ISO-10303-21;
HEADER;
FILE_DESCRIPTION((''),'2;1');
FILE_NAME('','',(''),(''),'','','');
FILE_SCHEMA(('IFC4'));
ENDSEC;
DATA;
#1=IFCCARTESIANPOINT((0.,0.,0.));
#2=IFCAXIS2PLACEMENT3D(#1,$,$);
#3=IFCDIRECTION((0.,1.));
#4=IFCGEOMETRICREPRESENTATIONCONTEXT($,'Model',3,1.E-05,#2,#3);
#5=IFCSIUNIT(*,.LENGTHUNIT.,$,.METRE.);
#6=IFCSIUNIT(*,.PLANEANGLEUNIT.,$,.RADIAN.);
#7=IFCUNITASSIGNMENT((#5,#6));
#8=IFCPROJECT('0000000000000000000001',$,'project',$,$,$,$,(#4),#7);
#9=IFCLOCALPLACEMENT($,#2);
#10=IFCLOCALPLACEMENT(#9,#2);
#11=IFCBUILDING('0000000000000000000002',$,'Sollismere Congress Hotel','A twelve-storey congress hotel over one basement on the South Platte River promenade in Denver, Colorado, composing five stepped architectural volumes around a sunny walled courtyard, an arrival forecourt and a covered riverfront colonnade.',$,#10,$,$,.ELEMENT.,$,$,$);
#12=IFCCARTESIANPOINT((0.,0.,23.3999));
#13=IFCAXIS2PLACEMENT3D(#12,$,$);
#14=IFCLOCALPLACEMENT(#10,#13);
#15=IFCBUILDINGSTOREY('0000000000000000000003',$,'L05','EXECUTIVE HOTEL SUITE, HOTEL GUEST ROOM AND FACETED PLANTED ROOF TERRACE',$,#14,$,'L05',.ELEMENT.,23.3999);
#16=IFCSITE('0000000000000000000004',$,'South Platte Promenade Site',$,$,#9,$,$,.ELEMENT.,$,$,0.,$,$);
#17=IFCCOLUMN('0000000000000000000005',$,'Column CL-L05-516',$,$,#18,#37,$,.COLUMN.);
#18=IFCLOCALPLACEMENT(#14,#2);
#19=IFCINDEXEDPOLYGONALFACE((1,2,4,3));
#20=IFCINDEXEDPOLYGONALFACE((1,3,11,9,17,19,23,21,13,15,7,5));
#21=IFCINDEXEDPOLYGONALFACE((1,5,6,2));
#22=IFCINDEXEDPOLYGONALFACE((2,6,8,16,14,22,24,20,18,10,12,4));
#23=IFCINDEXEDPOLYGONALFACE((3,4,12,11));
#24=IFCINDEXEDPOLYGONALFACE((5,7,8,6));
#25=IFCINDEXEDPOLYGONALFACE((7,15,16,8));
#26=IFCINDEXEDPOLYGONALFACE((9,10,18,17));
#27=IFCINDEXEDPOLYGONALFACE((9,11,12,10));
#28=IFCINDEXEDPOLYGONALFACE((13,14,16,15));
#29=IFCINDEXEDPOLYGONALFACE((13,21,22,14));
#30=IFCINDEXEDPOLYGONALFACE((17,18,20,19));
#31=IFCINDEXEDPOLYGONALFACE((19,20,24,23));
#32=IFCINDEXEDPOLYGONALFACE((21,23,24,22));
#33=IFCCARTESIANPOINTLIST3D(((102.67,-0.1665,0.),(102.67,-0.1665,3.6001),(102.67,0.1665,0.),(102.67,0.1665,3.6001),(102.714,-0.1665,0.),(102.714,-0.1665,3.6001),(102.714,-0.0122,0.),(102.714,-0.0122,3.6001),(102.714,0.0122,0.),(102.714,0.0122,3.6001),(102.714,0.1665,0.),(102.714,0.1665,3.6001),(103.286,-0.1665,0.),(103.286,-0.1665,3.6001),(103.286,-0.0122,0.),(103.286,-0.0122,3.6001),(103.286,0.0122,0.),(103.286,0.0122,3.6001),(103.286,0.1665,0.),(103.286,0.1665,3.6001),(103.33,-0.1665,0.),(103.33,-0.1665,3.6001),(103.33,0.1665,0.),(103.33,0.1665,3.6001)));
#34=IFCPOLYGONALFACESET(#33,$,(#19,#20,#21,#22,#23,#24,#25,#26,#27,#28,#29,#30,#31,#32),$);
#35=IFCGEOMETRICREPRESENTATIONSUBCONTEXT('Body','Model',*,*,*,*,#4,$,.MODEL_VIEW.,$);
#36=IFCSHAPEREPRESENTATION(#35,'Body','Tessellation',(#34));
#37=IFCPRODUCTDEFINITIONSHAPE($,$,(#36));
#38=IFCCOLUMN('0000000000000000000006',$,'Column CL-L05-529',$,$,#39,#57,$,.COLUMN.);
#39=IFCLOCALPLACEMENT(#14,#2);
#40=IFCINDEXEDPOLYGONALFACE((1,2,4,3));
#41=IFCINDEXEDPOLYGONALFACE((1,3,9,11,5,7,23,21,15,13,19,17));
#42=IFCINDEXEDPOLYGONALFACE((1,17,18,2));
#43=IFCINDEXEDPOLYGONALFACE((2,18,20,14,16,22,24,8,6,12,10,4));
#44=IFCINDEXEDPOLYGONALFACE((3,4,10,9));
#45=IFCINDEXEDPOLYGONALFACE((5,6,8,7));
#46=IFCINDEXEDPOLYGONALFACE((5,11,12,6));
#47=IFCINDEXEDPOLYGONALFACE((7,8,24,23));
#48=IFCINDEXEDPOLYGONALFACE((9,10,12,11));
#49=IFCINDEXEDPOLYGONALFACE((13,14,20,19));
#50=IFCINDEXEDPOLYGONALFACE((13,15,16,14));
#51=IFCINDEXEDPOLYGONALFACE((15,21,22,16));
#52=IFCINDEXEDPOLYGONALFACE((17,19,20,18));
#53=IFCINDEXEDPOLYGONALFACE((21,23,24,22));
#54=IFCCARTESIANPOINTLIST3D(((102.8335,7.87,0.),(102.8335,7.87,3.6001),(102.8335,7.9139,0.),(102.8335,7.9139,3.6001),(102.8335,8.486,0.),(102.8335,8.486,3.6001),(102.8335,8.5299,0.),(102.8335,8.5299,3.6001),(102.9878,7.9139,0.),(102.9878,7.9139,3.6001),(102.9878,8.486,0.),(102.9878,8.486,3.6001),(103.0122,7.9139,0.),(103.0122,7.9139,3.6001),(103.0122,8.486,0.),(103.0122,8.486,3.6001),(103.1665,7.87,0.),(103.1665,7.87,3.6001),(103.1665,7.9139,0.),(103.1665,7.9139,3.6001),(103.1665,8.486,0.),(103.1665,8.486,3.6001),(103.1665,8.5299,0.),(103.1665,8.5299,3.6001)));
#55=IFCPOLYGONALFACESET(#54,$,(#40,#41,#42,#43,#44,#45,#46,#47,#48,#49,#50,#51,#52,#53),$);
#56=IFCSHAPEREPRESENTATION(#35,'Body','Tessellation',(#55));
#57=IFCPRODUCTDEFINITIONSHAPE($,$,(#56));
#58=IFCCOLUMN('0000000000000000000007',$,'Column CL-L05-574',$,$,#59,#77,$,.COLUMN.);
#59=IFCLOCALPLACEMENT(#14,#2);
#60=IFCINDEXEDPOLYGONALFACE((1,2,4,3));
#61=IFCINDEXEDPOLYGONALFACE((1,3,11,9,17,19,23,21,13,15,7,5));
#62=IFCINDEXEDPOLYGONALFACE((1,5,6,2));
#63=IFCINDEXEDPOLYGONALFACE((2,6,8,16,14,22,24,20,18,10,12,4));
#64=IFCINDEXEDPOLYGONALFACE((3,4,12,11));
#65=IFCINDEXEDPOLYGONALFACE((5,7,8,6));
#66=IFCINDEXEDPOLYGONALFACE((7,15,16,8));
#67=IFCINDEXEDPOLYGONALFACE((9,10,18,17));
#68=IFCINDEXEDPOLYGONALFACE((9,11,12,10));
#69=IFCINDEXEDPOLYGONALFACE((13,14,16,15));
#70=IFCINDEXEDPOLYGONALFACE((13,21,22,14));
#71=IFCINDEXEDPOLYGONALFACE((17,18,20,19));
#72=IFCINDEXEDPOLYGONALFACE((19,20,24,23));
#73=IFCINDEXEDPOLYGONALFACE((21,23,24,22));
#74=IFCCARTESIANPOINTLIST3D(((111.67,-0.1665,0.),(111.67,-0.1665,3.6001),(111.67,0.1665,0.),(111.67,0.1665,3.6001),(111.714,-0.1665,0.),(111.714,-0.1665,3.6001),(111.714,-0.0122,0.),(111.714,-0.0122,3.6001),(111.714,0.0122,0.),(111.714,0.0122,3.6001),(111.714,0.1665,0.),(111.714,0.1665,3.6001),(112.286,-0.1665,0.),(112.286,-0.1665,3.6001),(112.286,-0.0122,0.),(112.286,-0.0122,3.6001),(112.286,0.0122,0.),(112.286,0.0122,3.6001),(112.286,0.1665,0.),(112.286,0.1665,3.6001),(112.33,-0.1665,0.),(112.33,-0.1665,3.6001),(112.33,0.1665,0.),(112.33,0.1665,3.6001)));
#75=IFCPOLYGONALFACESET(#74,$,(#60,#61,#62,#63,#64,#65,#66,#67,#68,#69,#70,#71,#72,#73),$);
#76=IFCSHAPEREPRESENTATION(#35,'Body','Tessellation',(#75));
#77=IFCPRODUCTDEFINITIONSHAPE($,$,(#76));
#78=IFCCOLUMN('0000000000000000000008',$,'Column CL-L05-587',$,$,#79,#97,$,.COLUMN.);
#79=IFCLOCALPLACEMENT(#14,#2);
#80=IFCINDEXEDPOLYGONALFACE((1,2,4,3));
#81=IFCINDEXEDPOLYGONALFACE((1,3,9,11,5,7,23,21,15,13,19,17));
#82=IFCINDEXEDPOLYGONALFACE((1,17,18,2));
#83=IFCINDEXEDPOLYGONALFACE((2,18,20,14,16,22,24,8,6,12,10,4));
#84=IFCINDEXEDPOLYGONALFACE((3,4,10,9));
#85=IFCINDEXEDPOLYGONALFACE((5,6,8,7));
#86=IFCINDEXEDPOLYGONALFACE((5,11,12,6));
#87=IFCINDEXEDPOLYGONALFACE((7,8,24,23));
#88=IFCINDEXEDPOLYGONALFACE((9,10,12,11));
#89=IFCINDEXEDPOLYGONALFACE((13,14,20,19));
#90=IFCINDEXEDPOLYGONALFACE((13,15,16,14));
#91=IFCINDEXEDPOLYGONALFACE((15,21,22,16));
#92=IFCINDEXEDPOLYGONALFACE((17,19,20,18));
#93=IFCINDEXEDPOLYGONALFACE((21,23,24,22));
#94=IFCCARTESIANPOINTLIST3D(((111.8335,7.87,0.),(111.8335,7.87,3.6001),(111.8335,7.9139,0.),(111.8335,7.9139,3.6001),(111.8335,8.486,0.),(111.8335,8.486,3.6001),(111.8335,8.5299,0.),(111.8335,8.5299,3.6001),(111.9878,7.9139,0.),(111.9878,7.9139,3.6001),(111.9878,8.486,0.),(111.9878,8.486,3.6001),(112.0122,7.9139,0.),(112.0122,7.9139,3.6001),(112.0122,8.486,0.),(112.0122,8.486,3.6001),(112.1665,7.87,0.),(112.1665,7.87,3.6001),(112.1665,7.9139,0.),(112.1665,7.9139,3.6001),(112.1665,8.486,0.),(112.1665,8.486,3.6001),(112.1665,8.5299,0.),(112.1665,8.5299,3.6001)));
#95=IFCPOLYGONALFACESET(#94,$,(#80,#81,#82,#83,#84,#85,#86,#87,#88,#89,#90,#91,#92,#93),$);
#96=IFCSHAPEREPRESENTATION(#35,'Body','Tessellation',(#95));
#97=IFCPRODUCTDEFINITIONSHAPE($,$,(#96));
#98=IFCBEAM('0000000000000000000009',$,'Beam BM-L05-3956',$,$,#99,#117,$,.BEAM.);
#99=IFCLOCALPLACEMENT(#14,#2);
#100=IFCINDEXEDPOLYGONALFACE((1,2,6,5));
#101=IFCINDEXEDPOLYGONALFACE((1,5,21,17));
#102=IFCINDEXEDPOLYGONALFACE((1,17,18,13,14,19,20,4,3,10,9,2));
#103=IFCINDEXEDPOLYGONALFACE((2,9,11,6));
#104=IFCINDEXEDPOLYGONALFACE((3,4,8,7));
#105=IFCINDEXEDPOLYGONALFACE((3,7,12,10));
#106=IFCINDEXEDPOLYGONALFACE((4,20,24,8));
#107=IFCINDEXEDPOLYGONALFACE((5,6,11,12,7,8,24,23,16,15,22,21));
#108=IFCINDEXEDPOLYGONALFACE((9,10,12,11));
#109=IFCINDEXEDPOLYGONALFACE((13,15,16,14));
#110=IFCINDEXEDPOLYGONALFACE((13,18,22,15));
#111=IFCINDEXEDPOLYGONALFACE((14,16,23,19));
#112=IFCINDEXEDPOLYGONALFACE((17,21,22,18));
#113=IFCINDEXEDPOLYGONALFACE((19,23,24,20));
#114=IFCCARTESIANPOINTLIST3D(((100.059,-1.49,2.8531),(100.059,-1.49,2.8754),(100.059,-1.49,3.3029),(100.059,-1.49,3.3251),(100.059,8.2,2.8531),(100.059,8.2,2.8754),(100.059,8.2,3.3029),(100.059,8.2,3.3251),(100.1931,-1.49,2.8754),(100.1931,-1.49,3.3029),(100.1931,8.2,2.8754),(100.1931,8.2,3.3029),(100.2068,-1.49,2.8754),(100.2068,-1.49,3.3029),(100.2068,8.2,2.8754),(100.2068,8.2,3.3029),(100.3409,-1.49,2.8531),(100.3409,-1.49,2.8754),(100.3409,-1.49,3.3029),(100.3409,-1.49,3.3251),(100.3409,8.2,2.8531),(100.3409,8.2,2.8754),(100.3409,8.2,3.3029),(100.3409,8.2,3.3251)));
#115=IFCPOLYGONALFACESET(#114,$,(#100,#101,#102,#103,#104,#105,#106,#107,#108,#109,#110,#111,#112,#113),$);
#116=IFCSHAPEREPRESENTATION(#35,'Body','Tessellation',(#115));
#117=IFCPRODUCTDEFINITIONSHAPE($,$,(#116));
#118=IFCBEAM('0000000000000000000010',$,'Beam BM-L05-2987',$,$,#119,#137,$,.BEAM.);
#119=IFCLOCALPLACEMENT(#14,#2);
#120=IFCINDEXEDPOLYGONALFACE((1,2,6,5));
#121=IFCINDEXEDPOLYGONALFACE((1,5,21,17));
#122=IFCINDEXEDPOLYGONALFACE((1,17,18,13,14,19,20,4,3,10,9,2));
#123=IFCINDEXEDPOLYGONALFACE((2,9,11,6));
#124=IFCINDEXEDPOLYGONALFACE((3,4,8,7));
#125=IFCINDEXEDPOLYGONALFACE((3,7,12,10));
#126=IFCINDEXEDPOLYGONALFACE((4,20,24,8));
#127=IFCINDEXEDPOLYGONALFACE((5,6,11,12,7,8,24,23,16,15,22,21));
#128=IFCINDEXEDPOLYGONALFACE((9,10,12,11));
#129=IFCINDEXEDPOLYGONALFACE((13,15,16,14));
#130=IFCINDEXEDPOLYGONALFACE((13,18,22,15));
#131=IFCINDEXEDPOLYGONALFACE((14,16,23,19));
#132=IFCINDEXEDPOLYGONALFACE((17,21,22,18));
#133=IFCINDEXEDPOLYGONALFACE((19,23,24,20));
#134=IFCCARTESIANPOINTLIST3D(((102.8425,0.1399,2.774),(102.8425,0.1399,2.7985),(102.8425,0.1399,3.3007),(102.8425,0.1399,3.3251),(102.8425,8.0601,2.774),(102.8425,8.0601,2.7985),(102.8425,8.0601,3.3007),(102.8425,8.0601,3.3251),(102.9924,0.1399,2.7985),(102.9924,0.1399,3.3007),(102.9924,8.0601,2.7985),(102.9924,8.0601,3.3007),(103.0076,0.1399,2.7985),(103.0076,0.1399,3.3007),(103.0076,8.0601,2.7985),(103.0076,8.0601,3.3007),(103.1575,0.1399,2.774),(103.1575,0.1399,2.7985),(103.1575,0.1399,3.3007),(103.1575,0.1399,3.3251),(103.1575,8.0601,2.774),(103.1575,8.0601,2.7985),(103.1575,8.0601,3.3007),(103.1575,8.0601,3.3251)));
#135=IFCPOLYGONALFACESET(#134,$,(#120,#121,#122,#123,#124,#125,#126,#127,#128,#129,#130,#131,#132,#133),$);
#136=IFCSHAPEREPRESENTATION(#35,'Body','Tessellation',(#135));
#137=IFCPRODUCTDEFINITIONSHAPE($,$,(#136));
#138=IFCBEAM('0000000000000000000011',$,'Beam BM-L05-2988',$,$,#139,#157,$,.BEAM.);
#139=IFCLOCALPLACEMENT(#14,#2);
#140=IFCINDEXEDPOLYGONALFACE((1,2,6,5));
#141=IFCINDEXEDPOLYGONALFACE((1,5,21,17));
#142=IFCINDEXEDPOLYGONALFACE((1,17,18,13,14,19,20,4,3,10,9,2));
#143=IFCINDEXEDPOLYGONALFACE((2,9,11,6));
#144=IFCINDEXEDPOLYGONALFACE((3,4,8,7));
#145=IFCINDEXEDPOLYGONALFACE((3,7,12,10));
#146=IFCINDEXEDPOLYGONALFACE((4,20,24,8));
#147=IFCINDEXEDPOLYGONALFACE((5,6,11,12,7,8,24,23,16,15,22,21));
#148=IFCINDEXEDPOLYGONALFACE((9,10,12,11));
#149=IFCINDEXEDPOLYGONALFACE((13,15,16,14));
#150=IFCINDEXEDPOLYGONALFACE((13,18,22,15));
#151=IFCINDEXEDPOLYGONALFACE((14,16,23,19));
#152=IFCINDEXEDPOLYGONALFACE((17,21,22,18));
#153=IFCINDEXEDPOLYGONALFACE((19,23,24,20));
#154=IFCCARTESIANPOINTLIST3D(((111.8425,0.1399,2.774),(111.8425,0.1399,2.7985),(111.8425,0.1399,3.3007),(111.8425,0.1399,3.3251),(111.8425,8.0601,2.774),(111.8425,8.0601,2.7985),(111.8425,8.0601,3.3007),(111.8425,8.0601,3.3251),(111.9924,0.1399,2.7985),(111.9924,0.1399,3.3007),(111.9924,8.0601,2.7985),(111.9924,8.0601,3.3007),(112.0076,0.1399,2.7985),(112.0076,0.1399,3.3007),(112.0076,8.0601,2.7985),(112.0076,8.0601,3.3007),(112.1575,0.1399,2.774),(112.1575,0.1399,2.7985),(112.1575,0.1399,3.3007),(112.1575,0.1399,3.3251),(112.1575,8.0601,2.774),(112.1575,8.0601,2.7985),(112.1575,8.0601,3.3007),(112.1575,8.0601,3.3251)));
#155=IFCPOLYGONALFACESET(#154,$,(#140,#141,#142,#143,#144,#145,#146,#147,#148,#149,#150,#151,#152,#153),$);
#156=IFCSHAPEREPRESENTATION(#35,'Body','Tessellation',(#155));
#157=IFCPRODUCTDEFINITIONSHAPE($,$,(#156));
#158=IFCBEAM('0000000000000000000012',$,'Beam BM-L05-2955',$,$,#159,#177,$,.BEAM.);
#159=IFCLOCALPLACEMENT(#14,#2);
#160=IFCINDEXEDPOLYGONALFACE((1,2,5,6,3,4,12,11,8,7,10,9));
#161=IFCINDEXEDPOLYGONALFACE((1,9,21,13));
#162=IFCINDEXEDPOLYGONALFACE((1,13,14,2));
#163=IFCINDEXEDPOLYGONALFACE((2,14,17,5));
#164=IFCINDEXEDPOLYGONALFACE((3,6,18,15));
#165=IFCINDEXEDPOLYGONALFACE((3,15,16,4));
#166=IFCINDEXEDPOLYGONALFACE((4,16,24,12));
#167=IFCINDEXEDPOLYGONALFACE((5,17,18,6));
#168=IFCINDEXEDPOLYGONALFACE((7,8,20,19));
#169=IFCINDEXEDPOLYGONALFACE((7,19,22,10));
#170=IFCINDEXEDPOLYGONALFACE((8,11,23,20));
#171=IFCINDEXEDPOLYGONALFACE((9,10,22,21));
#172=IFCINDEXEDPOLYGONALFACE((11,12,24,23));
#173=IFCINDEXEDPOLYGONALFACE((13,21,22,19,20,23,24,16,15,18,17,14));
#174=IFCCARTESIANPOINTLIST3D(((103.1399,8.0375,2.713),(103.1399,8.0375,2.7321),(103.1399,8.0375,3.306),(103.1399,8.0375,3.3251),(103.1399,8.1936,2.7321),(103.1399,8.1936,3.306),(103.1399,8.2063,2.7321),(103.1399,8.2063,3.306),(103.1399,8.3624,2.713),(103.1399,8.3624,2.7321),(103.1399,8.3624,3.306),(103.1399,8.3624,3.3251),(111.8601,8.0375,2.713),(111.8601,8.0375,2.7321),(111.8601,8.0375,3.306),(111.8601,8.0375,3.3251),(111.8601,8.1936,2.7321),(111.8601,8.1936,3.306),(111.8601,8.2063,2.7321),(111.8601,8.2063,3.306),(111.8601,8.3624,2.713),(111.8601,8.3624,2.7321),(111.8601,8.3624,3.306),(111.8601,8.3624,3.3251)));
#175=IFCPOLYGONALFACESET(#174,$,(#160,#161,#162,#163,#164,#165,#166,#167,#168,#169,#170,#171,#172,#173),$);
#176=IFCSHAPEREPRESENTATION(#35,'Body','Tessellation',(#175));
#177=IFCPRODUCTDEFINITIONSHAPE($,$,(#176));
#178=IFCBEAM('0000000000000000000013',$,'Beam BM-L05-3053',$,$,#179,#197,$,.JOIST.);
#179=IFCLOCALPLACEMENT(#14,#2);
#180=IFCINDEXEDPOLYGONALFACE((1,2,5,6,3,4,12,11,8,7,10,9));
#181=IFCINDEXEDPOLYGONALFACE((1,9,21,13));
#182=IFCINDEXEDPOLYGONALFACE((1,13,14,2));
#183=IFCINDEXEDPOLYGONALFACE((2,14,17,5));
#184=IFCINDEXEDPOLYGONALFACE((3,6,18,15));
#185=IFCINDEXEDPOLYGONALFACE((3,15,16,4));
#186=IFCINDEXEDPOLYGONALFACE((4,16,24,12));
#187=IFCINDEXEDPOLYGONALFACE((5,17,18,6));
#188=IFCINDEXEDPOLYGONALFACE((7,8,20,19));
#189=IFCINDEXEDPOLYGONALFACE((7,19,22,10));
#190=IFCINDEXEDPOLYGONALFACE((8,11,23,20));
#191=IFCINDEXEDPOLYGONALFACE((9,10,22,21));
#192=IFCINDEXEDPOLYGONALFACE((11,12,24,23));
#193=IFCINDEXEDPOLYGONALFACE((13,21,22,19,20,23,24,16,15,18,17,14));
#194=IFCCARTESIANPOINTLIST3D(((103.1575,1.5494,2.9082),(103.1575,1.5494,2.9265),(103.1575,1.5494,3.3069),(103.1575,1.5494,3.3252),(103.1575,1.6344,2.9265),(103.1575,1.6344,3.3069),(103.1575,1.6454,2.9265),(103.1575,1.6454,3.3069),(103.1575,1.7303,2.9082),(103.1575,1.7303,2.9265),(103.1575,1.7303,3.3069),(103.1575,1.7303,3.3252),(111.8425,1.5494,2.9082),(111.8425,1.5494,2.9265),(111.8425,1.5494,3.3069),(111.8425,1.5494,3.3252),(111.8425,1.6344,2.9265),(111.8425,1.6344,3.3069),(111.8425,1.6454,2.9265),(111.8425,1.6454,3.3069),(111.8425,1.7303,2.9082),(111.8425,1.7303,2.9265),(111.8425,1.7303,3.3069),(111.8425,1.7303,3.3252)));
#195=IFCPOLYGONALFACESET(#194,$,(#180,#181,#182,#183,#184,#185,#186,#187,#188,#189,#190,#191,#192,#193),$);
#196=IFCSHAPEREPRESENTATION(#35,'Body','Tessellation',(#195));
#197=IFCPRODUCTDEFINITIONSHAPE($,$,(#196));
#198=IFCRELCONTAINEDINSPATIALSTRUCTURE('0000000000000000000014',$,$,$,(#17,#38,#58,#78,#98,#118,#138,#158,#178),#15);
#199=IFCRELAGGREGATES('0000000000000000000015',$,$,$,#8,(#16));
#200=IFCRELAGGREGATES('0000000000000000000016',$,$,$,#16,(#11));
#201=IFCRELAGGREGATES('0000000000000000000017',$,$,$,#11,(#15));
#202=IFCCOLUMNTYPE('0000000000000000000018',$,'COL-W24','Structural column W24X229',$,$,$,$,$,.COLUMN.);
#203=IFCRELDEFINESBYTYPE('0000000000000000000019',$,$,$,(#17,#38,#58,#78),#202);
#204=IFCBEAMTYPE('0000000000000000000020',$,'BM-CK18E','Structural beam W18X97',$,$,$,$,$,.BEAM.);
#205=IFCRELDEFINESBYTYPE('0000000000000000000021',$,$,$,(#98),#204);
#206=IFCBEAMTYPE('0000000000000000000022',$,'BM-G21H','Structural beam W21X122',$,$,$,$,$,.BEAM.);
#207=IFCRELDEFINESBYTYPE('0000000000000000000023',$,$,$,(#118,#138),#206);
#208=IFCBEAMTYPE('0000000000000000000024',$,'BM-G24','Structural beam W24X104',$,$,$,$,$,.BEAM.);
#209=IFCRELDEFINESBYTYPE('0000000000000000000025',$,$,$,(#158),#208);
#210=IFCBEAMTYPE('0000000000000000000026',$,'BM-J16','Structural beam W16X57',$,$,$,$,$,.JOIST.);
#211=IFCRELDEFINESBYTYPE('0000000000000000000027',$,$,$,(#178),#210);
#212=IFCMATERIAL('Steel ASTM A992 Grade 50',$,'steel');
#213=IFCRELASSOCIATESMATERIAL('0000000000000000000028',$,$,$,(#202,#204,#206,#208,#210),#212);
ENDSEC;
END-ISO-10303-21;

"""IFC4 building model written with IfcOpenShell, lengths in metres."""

from ifc_helpers import new_model, si_unit, direction, frame, origin, origin_2d, place, context, subcontext, project, spatial, i_section, extrude, material, material_profile, profile_set, type_object, element, save


model = new_model("IFC4")

# Units and contexts
model_context = context("Model", 3, precision=1e-05, world=origin(), true_north=direction((0.0, 1.0)))
body_context = subcontext(model_context, "Body", "Model", "MODEL_VIEW")
ifc_project = project(units=[si_unit("LENGTHUNIT", "METRE"), si_unit("PLANEANGLEUNIT", "RADIAN")], contexts=[model_context])

# Site, building, storey
site_placement = place(None, origin())
site = spatial("IfcSite", under=ifc_project, at=site_placement, Name="South Platte Promenade Site", CompositionType="ELEMENT", RefElevation=0.0)
building_placement = place(site_placement, origin())
building = spatial("IfcBuilding", under=site, at=building_placement, Name="Sollismere Congress Hotel", Description="A twelve-storey congress hotel over one basement on the South Platte River promenade in Denver, Colorado, composing five stepped architectural volumes around a sunny walled courtyard, an arrival forecourt and a covered riverfront colonnade.", CompositionType="ELEMENT")
storey_placement = place(building_placement, frame((0.0, 0.0, 23.3999)))
storey = spatial("IfcBuildingStorey", under=building, at=storey_placement, Name="L05", Description="EXECUTIVE HOTEL SUITE, HOTEL GUEST ROOM AND FACETED PLANTED ROOF TERRACE", LongName="L05", CompositionType="ELEMENT", Elevation=23.3999)

# Columns
ifc_material_1 = material(Name="Steel ASTM A992 Grade 50", Category="steel")
ifc_material_profile_1 = material_profile(ifc_material_1, i_section(OverallWidth=0.333, OverallDepth=0.6599, WebThickness=0.0244, FlangeThickness=0.0439, at=origin_2d()), Name="W24X229")
ifc_profile_set_1 = profile_set([ifc_material_profile_1], Name="Steel ASTM A992 Grade 50")
column_type = type_object("IfcColumnType", Name="COL-W24", Description="Structural column W24X229", PredefinedType="COLUMN", material=ifc_profile_set_1)
for number, where, z_axis, x_axis, name in (
    (1, (103.0, 0.0, 0.0), (0.0, 0.0, 1.0), (0.0, 1.0, 0.0), "Column CL-L05-516"),
    (2, (103.0, 8.2, 0.0), (0.0, 0.0, 1.0), (1.0, 0.0, 0.0), "Column CL-L05-529"),
    (3, (112.0, 0.0, 0.0), (0.0, 0.0, 1.0), (0.0, 1.0, 0.0), "Column CL-L05-574"),
    (4, (112.0, 8.2, 0.0), (0.0, 0.0, 1.0), (1.0, 0.0, 0.0), "Column CL-L05-587"),
):
    element("IfcColumn", number, at=place(storey_placement, frame(where, z_axis=z_axis, x_axis=x_axis)), inside=storey, type_object=column_type, Name=name, PredefinedType="COLUMN", context=body_context, shape_type="SweptSolid", body=[
        extrude(i_section(OverallWidth=0.333, OverallDepth=0.6599, WebThickness=0.0244, FlangeThickness=0.0439, at=origin_2d()), origin(), (0.0, 0.0, 1.0), 3.6001),
    ])

# Beams
ifc_material_profile_2 = material_profile(ifc_material_1, i_section(OverallWidth=0.282, OverallDepth=0.4719, WebThickness=0.0137, FlangeThickness=0.0222, at=origin_2d()), Name="W18X97")
ifc_profile_set_2 = profile_set([ifc_material_profile_2], Name="Steel ASTM A992 Grade 50")
beam_type_1 = type_object("IfcBeamType", Name="BM-CK18E", Description="Structural beam W18X97", PredefinedType="BEAM", material=ifc_profile_set_2)
beam_1_placement = place(storey_placement, frame((100.2, 8.2, 3.0891), z_axis=(0.0, -1.0, 0.0), x_axis=(1.0, 0.0, 0.0)))
element("IfcBeam", 5, at=beam_1_placement, inside=storey, type_object=beam_type_1, Name="Beam BM-L05-3956", PredefinedType="BEAM", context=body_context, shape_type="SweptSolid", body=[
    extrude(i_section(OverallWidth=0.282, OverallDepth=0.4719, WebThickness=0.0137, FlangeThickness=0.0222, at=origin_2d()), origin(), (0.0, 0.0, 1.0), 9.6899),
])
ifc_material_profile_3 = material_profile(ifc_material_1, i_section(OverallWidth=0.3149, OverallDepth=0.551, WebThickness=0.0151, FlangeThickness=0.0244, at=origin_2d()), Name="W21X122")
ifc_profile_set_3 = profile_set([ifc_material_profile_3], Name="Steel ASTM A992 Grade 50")
beam_type_2 = type_object("IfcBeamType", Name="BM-G21H", Description="Structural beam W21X122", PredefinedType="BEAM", material=ifc_profile_set_3)
for number, where, z_axis, x_axis, name in (
    (6, (103.0, 0.1399, 3.0496), (0.0, 1.0, 0.0), (-1.0, 0.0, 0.0), "Beam BM-L05-2987"),
    (7, (112.0, 0.1399, 3.0496), (0.0, 1.0, 0.0), (-1.0, 0.0, 0.0), "Beam BM-L05-2988"),
):
    element("IfcBeam", number, at=place(storey_placement, frame(where, z_axis=z_axis, x_axis=x_axis)), inside=storey, type_object=beam_type_2, Name=name, PredefinedType="BEAM", context=body_context, shape_type="SweptSolid", body=[
        extrude(i_section(OverallWidth=0.3149, OverallDepth=0.551, WebThickness=0.0151, FlangeThickness=0.0244, at=origin_2d()), origin(), (0.0, 0.0, 1.0), 7.9202),
    ])
ifc_material_profile_4 = material_profile(ifc_material_1, i_section(OverallWidth=0.325, OverallDepth=0.6121, WebThickness=0.0127, FlangeThickness=0.019, at=origin_2d()), Name="W24X104")
ifc_profile_set_4 = profile_set([ifc_material_profile_4], Name="Steel ASTM A992 Grade 50")
beam_type_3 = type_object("IfcBeamType", Name="BM-G24", Description="Structural beam W24X104", PredefinedType="BEAM", material=ifc_profile_set_4)
beam_2_placement = place(storey_placement, frame((103.1399, 8.2, 3.019), z_axis=(1.0, 0.0, 0.0), x_axis=(0.0, 1.0, 0.0)))
element("IfcBeam", 8, at=beam_2_placement, inside=storey, type_object=beam_type_3, Name="Beam BM-L05-2955", PredefinedType="BEAM", context=body_context, shape_type="SweptSolid", body=[
    extrude(i_section(OverallWidth=0.325, OverallDepth=0.6121, WebThickness=0.0127, FlangeThickness=0.019, at=origin_2d()), origin(), (0.0, 0.0, 1.0), 8.7202),
])
ifc_material_profile_5 = material_profile(ifc_material_1, i_section(OverallWidth=0.1809, OverallDepth=0.417, WebThickness=0.011, FlangeThickness=0.0183, at=origin_2d()), Name="W16X57")
ifc_profile_set_5 = profile_set([ifc_material_profile_5], Name="Steel ASTM A992 Grade 50")
beam_type_4 = type_object("IfcBeamType", Name="BM-J16", Description="Structural beam W16X57", PredefinedType="JOIST", material=ifc_profile_set_5)
for number, where, z_axis, x_axis, name in (
    (9, (103.1575, 1.6399, 3.1167), (1.0, 0.0, 0.0), (0.0, 1.0, 0.0), "Beam BM-L05-3053"),
):
    element("IfcBeam", number, at=place(storey_placement, frame(where, z_axis=z_axis, x_axis=x_axis)), inside=storey, type_object=beam_type_4, Name=name, PredefinedType="JOIST", context=body_context, shape_type="SweptSolid", body=[
        extrude(i_section(OverallWidth=0.1809, OverallDepth=0.417, WebThickness=0.011, FlangeThickness=0.0183, at=origin_2d()), origin(), (0.0, 0.0, 1.0), 8.6851),
    ])

save(model, "model.ifc")
